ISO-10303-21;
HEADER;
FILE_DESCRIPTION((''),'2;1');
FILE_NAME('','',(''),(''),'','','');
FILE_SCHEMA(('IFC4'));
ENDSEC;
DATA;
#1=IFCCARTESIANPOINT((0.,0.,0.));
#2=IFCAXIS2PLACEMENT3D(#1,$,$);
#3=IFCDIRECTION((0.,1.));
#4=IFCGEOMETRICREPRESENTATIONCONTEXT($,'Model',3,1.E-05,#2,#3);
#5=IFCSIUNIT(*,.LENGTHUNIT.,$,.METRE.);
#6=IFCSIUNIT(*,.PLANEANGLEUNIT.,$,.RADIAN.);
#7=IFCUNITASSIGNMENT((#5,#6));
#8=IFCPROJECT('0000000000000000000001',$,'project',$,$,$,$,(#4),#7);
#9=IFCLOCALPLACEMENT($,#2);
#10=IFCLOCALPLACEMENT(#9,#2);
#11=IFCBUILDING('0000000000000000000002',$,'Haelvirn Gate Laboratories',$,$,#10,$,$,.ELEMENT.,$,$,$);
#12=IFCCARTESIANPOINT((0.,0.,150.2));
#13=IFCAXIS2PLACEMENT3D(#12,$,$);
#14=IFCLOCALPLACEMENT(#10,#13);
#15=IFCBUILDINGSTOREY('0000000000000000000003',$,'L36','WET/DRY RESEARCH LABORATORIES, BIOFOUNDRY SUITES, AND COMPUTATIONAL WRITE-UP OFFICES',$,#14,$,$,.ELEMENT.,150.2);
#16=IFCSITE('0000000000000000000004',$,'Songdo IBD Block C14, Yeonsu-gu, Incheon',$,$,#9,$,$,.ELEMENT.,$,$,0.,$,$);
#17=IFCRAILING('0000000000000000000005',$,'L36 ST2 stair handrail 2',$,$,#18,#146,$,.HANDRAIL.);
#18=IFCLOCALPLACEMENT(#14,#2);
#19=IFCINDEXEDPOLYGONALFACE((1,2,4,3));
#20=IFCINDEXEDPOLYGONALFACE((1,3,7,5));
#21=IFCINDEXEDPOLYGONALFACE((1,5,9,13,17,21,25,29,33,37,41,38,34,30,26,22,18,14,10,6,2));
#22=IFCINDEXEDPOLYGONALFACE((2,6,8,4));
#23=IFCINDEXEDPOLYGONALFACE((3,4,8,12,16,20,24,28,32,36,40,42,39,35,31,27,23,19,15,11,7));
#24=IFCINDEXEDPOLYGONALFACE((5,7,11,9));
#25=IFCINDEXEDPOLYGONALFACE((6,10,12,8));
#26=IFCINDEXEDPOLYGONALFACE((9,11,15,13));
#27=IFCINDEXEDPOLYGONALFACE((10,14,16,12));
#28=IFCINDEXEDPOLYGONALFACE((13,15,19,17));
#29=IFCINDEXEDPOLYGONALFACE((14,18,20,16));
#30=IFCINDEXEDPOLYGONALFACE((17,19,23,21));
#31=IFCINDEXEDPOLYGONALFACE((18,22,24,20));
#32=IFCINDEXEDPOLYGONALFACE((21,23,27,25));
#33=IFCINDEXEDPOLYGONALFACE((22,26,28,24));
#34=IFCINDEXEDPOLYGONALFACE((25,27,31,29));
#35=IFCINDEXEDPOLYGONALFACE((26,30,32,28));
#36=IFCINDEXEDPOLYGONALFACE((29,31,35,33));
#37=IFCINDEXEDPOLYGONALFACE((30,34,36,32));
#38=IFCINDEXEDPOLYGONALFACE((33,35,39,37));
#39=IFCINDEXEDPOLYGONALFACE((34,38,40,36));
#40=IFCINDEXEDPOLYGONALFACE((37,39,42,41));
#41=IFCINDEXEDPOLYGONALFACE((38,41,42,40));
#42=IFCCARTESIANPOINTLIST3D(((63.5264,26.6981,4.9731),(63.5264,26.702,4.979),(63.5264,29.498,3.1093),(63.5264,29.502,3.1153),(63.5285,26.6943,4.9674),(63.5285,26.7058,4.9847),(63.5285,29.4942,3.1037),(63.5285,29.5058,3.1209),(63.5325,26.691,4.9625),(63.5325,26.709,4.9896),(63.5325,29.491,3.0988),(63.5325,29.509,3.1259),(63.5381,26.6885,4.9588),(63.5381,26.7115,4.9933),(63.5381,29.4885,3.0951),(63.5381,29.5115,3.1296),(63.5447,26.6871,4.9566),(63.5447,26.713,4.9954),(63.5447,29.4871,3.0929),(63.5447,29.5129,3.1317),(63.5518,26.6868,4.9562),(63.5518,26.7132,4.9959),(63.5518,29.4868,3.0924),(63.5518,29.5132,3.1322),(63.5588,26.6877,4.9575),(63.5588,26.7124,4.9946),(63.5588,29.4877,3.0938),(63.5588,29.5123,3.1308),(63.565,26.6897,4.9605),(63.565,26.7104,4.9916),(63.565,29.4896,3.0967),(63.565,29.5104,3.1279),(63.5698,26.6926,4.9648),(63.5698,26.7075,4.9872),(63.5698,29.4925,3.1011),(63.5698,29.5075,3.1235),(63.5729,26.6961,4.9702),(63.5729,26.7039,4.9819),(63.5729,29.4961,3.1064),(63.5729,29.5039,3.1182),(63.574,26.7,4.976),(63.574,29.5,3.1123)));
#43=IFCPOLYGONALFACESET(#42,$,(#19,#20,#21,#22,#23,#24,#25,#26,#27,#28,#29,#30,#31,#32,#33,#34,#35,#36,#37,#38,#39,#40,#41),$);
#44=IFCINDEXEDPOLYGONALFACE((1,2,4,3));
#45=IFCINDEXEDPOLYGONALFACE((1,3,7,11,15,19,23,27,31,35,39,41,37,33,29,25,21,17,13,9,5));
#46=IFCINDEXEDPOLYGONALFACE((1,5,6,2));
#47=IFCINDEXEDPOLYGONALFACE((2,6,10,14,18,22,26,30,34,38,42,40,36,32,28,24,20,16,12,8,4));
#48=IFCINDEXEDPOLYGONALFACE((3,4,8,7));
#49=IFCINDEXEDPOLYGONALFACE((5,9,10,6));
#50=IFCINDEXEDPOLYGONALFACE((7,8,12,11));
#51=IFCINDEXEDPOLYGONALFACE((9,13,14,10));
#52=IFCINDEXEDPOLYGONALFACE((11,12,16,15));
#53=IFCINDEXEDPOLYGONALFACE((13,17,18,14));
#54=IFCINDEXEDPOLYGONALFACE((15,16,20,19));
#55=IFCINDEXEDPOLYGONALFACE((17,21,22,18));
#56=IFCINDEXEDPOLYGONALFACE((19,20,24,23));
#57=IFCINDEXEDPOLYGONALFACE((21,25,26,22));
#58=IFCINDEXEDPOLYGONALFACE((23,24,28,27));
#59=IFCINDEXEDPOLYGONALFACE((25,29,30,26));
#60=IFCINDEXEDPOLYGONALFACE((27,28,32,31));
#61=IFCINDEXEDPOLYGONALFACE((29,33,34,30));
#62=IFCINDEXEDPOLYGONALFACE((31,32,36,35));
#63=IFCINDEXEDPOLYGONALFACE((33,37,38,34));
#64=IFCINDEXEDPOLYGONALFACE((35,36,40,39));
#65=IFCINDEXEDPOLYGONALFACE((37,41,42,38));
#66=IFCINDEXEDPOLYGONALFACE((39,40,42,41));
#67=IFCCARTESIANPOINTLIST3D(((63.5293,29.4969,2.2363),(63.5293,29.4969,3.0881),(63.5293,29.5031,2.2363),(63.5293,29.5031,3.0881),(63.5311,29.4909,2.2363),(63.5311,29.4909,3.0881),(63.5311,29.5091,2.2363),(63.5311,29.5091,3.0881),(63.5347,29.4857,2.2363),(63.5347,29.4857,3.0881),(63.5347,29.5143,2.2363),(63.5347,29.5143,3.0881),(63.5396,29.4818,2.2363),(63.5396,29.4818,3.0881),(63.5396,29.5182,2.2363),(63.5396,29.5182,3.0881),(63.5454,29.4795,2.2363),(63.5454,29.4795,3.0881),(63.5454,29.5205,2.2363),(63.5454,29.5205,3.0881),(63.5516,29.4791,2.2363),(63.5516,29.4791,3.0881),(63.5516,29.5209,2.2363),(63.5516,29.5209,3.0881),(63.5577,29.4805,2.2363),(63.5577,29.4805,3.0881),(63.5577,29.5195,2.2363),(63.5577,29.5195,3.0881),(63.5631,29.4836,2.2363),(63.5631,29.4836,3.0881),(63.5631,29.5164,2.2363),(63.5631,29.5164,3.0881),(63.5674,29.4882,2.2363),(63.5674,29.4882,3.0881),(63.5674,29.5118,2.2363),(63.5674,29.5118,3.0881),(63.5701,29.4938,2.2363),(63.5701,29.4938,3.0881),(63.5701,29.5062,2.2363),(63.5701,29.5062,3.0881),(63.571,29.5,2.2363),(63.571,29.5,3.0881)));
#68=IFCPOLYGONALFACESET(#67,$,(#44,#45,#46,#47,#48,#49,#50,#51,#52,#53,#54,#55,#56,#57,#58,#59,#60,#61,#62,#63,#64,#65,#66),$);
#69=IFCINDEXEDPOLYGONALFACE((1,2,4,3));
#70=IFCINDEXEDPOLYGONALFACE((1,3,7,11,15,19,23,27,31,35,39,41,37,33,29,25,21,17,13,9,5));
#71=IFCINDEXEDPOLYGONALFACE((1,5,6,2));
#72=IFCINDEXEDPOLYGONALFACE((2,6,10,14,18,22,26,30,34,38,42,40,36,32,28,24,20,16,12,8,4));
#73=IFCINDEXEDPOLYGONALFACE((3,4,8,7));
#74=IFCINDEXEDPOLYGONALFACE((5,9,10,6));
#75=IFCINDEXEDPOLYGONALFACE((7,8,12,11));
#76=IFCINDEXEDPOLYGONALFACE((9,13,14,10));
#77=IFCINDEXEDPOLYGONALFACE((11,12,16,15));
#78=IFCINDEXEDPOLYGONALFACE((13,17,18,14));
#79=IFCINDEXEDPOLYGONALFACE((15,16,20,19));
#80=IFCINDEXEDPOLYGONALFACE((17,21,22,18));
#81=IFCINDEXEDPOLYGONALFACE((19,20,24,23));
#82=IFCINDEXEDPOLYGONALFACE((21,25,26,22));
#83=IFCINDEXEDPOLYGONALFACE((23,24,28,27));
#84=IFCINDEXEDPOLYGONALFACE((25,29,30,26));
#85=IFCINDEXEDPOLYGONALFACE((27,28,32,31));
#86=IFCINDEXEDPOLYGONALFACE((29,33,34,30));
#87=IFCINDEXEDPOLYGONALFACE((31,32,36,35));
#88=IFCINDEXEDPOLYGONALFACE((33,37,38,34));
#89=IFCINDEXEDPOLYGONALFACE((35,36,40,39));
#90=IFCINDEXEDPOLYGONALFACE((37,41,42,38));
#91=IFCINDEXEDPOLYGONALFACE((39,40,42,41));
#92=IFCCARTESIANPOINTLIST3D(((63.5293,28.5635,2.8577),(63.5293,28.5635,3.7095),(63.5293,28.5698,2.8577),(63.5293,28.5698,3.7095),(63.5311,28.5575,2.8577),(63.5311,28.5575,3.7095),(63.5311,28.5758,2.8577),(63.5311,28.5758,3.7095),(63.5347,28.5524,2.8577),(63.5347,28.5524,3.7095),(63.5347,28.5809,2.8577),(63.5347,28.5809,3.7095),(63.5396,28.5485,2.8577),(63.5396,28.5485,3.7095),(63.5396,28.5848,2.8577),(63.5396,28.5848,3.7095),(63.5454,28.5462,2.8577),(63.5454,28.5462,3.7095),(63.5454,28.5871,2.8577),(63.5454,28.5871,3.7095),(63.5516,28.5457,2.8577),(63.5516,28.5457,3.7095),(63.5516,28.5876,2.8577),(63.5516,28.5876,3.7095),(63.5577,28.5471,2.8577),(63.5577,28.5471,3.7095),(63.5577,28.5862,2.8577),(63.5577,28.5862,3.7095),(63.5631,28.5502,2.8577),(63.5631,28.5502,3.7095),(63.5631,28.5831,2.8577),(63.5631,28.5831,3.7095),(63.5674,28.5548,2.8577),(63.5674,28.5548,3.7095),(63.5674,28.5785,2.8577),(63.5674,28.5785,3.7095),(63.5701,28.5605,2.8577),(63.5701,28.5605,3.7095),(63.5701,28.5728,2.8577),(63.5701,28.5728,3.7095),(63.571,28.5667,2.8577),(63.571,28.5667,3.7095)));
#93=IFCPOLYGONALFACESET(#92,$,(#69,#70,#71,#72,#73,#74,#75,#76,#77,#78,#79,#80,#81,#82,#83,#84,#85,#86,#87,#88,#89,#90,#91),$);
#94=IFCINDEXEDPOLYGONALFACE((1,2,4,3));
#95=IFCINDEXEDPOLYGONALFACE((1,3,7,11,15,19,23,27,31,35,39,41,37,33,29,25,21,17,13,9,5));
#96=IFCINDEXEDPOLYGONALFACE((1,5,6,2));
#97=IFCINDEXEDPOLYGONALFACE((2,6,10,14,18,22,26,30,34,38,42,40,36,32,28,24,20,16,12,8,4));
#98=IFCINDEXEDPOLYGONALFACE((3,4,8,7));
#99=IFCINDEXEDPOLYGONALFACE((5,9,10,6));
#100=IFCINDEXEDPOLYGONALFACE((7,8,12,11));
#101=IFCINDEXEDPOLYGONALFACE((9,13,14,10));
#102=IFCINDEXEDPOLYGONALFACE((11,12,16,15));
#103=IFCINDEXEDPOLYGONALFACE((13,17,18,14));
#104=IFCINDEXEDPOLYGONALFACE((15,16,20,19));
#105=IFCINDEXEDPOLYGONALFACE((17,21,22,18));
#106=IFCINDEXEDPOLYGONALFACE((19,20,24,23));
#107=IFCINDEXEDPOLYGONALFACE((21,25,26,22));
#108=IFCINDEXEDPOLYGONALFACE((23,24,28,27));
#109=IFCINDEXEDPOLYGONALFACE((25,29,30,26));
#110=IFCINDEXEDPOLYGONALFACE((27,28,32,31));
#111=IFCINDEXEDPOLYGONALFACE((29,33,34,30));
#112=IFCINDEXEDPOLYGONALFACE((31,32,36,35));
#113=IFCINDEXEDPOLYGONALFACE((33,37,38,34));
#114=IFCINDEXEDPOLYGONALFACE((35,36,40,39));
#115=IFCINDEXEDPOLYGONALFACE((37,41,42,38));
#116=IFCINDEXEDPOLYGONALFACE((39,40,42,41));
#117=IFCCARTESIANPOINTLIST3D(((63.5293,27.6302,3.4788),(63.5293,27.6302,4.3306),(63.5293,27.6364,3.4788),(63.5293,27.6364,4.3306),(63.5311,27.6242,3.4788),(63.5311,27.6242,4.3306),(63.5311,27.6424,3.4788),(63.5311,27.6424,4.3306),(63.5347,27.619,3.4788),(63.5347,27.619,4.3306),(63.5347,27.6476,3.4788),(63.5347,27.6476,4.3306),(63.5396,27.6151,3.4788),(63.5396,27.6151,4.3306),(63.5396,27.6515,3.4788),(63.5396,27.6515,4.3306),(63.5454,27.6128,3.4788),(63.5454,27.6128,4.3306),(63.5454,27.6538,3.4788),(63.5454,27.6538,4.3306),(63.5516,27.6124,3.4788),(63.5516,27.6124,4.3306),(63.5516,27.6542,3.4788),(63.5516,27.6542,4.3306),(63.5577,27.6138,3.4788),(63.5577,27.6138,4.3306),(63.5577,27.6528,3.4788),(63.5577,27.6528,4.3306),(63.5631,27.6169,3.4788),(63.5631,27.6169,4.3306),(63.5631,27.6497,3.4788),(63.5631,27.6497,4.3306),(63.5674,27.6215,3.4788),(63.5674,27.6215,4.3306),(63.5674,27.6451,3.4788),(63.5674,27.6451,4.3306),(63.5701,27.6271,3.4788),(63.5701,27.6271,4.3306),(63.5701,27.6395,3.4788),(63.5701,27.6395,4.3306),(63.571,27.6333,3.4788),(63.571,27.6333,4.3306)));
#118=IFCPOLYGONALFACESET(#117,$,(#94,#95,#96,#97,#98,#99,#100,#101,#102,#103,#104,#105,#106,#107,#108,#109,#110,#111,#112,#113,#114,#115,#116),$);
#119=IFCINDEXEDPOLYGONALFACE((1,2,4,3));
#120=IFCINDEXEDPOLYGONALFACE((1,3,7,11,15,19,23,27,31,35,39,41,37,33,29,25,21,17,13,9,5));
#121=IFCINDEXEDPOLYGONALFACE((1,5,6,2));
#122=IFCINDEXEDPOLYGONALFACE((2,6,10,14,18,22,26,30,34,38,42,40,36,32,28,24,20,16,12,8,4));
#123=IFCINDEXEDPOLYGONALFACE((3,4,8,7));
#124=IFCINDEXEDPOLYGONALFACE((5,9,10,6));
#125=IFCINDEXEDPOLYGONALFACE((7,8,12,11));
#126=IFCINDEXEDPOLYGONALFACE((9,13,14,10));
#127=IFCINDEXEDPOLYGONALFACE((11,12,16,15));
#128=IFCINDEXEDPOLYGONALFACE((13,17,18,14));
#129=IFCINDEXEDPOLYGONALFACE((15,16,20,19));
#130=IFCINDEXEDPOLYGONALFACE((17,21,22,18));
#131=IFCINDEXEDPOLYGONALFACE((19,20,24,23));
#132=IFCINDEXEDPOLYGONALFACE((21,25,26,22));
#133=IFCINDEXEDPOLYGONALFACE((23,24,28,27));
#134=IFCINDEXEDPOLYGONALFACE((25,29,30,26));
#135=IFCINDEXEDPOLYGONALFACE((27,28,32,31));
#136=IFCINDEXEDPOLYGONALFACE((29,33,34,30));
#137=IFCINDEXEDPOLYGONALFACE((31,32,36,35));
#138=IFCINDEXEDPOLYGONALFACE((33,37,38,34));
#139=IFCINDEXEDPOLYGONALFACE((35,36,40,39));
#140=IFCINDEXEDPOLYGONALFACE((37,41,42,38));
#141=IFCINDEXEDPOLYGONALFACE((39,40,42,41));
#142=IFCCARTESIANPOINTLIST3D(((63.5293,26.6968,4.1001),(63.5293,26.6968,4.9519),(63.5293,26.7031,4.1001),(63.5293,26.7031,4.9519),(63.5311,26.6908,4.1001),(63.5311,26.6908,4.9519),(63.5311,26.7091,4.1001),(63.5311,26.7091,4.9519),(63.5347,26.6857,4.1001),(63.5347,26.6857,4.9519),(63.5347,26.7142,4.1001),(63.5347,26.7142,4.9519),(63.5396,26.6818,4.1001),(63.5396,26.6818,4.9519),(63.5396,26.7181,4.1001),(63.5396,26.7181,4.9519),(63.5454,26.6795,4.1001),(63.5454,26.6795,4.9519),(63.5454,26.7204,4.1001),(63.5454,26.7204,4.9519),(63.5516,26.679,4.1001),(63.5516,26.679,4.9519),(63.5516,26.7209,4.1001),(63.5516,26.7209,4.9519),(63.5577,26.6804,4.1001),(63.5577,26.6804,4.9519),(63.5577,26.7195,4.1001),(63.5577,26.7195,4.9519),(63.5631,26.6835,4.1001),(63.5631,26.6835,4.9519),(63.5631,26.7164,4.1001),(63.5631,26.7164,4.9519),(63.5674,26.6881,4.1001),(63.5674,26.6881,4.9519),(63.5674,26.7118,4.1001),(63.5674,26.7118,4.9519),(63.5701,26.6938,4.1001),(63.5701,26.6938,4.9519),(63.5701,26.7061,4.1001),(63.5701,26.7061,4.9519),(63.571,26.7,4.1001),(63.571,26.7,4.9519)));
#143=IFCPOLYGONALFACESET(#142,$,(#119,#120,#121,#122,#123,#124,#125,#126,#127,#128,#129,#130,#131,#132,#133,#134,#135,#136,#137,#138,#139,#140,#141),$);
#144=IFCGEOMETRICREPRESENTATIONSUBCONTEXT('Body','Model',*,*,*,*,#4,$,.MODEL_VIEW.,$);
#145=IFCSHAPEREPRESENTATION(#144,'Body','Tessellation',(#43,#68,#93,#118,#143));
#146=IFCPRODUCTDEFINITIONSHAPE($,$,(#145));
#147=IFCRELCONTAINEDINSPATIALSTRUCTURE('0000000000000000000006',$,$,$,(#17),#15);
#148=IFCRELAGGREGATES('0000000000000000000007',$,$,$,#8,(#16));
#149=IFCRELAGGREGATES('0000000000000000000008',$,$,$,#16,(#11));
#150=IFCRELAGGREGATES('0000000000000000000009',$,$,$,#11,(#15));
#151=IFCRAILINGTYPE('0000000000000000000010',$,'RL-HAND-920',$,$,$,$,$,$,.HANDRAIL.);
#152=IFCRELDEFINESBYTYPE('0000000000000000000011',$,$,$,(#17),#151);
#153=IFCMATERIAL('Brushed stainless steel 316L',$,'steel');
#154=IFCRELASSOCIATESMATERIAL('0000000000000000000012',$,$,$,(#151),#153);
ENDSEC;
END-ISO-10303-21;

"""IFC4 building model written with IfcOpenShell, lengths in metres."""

from ifc_helpers import new_model, si_unit, direction, frame, origin, origin_2d, place, context, subcontext, project, spatial, circle, extrude, source, transform, mapped, material, type_object, element, save


model = new_model("IFC4")

# Units and contexts
model_context = context("Model", 3, precision=1e-05, world=origin(), true_north=direction((0.0, 1.0)))
body_context = subcontext(model_context, "Body", "Model", "MODEL_VIEW")
ifc_project = project(units=[si_unit("LENGTHUNIT", "METRE"), si_unit("PLANEANGLEUNIT", "RADIAN")], contexts=[model_context])

# Site, building, storey
site_placement = place(None, origin())
site = spatial("IfcSite", under=ifc_project, at=site_placement, Name="Songdo IBD Block C14, Yeonsu-gu, Incheon", CompositionType="ELEMENT", RefElevation=0.0)
building_placement = place(site_placement, origin())
building = spatial("IfcBuilding", under=site, at=building_placement, Name="Haelvirn Gate Laboratories", CompositionType="ELEMENT")
storey_placement = place(building_placement, frame((0.0, 0.0, 150.2)))
storey = spatial("IfcBuildingStorey", under=building, at=storey_placement, Name="L36", Description="WET/DRY RESEARCH LABORATORIES, BIOFOUNDRY SUITES, AND COMPUTATIONAL WRITE-UP OFFICES", CompositionType="ELEMENT", Elevation=150.2)

# Railing
ifc_material_1 = material(Name="Brushed stainless steel 316L", Category="steel")
railing_type_1 = type_object("IfcRailingType", Name="RL-HAND-920", PredefinedType="HANDRAIL", material=ifc_material_1)
shared_shape_1 = source(origin(), body_context, "Body", "SweptSolid", [
    extrude(circle(Radius=0.0239, at=origin_2d()), frame((0.0, 0.0, 0.876), z_axis=(0.0, -0.832452, 0.554097), x_axis=(1.0, 0.0, 0.0)), (0.0, 0.0, 1.0), 3.3635),
    extrude(circle(Radius=0.021, at=origin_2d()), origin(), (0.0, 0.0, 1.0), 0.8518),
    extrude(circle(Radius=0.021, at=origin_2d()), frame((0.0, -0.9333, 0.6213)), (0.0, 0.0, 1.0), 0.8518),
    extrude(circle(Radius=0.021, at=origin_2d()), frame((0.0, -1.8667, 1.2424)), (0.0, 0.0, 1.0), 0.8518),
    extrude(circle(Radius=0.021, at=origin_2d()), frame((0.0, -2.8, 1.8638)), (0.0, 0.0, 1.0), 0.8518),
])
railing_1_placement = place(storey_placement, frame((63.55, 29.5, 2.2363)))
element("IfcRailing", 1, at=railing_1_placement, inside=storey, type_object=railing_type_1, Name="L36 ST2 stair handrail 2", PredefinedType="HANDRAIL", context=body_context, shape_type="MappedRepresentation", body=[
    mapped(shared_shape_1, transform((0.0, 0.0, 0.0), scale=1.0)),
])

save(model, "model.ifc")
